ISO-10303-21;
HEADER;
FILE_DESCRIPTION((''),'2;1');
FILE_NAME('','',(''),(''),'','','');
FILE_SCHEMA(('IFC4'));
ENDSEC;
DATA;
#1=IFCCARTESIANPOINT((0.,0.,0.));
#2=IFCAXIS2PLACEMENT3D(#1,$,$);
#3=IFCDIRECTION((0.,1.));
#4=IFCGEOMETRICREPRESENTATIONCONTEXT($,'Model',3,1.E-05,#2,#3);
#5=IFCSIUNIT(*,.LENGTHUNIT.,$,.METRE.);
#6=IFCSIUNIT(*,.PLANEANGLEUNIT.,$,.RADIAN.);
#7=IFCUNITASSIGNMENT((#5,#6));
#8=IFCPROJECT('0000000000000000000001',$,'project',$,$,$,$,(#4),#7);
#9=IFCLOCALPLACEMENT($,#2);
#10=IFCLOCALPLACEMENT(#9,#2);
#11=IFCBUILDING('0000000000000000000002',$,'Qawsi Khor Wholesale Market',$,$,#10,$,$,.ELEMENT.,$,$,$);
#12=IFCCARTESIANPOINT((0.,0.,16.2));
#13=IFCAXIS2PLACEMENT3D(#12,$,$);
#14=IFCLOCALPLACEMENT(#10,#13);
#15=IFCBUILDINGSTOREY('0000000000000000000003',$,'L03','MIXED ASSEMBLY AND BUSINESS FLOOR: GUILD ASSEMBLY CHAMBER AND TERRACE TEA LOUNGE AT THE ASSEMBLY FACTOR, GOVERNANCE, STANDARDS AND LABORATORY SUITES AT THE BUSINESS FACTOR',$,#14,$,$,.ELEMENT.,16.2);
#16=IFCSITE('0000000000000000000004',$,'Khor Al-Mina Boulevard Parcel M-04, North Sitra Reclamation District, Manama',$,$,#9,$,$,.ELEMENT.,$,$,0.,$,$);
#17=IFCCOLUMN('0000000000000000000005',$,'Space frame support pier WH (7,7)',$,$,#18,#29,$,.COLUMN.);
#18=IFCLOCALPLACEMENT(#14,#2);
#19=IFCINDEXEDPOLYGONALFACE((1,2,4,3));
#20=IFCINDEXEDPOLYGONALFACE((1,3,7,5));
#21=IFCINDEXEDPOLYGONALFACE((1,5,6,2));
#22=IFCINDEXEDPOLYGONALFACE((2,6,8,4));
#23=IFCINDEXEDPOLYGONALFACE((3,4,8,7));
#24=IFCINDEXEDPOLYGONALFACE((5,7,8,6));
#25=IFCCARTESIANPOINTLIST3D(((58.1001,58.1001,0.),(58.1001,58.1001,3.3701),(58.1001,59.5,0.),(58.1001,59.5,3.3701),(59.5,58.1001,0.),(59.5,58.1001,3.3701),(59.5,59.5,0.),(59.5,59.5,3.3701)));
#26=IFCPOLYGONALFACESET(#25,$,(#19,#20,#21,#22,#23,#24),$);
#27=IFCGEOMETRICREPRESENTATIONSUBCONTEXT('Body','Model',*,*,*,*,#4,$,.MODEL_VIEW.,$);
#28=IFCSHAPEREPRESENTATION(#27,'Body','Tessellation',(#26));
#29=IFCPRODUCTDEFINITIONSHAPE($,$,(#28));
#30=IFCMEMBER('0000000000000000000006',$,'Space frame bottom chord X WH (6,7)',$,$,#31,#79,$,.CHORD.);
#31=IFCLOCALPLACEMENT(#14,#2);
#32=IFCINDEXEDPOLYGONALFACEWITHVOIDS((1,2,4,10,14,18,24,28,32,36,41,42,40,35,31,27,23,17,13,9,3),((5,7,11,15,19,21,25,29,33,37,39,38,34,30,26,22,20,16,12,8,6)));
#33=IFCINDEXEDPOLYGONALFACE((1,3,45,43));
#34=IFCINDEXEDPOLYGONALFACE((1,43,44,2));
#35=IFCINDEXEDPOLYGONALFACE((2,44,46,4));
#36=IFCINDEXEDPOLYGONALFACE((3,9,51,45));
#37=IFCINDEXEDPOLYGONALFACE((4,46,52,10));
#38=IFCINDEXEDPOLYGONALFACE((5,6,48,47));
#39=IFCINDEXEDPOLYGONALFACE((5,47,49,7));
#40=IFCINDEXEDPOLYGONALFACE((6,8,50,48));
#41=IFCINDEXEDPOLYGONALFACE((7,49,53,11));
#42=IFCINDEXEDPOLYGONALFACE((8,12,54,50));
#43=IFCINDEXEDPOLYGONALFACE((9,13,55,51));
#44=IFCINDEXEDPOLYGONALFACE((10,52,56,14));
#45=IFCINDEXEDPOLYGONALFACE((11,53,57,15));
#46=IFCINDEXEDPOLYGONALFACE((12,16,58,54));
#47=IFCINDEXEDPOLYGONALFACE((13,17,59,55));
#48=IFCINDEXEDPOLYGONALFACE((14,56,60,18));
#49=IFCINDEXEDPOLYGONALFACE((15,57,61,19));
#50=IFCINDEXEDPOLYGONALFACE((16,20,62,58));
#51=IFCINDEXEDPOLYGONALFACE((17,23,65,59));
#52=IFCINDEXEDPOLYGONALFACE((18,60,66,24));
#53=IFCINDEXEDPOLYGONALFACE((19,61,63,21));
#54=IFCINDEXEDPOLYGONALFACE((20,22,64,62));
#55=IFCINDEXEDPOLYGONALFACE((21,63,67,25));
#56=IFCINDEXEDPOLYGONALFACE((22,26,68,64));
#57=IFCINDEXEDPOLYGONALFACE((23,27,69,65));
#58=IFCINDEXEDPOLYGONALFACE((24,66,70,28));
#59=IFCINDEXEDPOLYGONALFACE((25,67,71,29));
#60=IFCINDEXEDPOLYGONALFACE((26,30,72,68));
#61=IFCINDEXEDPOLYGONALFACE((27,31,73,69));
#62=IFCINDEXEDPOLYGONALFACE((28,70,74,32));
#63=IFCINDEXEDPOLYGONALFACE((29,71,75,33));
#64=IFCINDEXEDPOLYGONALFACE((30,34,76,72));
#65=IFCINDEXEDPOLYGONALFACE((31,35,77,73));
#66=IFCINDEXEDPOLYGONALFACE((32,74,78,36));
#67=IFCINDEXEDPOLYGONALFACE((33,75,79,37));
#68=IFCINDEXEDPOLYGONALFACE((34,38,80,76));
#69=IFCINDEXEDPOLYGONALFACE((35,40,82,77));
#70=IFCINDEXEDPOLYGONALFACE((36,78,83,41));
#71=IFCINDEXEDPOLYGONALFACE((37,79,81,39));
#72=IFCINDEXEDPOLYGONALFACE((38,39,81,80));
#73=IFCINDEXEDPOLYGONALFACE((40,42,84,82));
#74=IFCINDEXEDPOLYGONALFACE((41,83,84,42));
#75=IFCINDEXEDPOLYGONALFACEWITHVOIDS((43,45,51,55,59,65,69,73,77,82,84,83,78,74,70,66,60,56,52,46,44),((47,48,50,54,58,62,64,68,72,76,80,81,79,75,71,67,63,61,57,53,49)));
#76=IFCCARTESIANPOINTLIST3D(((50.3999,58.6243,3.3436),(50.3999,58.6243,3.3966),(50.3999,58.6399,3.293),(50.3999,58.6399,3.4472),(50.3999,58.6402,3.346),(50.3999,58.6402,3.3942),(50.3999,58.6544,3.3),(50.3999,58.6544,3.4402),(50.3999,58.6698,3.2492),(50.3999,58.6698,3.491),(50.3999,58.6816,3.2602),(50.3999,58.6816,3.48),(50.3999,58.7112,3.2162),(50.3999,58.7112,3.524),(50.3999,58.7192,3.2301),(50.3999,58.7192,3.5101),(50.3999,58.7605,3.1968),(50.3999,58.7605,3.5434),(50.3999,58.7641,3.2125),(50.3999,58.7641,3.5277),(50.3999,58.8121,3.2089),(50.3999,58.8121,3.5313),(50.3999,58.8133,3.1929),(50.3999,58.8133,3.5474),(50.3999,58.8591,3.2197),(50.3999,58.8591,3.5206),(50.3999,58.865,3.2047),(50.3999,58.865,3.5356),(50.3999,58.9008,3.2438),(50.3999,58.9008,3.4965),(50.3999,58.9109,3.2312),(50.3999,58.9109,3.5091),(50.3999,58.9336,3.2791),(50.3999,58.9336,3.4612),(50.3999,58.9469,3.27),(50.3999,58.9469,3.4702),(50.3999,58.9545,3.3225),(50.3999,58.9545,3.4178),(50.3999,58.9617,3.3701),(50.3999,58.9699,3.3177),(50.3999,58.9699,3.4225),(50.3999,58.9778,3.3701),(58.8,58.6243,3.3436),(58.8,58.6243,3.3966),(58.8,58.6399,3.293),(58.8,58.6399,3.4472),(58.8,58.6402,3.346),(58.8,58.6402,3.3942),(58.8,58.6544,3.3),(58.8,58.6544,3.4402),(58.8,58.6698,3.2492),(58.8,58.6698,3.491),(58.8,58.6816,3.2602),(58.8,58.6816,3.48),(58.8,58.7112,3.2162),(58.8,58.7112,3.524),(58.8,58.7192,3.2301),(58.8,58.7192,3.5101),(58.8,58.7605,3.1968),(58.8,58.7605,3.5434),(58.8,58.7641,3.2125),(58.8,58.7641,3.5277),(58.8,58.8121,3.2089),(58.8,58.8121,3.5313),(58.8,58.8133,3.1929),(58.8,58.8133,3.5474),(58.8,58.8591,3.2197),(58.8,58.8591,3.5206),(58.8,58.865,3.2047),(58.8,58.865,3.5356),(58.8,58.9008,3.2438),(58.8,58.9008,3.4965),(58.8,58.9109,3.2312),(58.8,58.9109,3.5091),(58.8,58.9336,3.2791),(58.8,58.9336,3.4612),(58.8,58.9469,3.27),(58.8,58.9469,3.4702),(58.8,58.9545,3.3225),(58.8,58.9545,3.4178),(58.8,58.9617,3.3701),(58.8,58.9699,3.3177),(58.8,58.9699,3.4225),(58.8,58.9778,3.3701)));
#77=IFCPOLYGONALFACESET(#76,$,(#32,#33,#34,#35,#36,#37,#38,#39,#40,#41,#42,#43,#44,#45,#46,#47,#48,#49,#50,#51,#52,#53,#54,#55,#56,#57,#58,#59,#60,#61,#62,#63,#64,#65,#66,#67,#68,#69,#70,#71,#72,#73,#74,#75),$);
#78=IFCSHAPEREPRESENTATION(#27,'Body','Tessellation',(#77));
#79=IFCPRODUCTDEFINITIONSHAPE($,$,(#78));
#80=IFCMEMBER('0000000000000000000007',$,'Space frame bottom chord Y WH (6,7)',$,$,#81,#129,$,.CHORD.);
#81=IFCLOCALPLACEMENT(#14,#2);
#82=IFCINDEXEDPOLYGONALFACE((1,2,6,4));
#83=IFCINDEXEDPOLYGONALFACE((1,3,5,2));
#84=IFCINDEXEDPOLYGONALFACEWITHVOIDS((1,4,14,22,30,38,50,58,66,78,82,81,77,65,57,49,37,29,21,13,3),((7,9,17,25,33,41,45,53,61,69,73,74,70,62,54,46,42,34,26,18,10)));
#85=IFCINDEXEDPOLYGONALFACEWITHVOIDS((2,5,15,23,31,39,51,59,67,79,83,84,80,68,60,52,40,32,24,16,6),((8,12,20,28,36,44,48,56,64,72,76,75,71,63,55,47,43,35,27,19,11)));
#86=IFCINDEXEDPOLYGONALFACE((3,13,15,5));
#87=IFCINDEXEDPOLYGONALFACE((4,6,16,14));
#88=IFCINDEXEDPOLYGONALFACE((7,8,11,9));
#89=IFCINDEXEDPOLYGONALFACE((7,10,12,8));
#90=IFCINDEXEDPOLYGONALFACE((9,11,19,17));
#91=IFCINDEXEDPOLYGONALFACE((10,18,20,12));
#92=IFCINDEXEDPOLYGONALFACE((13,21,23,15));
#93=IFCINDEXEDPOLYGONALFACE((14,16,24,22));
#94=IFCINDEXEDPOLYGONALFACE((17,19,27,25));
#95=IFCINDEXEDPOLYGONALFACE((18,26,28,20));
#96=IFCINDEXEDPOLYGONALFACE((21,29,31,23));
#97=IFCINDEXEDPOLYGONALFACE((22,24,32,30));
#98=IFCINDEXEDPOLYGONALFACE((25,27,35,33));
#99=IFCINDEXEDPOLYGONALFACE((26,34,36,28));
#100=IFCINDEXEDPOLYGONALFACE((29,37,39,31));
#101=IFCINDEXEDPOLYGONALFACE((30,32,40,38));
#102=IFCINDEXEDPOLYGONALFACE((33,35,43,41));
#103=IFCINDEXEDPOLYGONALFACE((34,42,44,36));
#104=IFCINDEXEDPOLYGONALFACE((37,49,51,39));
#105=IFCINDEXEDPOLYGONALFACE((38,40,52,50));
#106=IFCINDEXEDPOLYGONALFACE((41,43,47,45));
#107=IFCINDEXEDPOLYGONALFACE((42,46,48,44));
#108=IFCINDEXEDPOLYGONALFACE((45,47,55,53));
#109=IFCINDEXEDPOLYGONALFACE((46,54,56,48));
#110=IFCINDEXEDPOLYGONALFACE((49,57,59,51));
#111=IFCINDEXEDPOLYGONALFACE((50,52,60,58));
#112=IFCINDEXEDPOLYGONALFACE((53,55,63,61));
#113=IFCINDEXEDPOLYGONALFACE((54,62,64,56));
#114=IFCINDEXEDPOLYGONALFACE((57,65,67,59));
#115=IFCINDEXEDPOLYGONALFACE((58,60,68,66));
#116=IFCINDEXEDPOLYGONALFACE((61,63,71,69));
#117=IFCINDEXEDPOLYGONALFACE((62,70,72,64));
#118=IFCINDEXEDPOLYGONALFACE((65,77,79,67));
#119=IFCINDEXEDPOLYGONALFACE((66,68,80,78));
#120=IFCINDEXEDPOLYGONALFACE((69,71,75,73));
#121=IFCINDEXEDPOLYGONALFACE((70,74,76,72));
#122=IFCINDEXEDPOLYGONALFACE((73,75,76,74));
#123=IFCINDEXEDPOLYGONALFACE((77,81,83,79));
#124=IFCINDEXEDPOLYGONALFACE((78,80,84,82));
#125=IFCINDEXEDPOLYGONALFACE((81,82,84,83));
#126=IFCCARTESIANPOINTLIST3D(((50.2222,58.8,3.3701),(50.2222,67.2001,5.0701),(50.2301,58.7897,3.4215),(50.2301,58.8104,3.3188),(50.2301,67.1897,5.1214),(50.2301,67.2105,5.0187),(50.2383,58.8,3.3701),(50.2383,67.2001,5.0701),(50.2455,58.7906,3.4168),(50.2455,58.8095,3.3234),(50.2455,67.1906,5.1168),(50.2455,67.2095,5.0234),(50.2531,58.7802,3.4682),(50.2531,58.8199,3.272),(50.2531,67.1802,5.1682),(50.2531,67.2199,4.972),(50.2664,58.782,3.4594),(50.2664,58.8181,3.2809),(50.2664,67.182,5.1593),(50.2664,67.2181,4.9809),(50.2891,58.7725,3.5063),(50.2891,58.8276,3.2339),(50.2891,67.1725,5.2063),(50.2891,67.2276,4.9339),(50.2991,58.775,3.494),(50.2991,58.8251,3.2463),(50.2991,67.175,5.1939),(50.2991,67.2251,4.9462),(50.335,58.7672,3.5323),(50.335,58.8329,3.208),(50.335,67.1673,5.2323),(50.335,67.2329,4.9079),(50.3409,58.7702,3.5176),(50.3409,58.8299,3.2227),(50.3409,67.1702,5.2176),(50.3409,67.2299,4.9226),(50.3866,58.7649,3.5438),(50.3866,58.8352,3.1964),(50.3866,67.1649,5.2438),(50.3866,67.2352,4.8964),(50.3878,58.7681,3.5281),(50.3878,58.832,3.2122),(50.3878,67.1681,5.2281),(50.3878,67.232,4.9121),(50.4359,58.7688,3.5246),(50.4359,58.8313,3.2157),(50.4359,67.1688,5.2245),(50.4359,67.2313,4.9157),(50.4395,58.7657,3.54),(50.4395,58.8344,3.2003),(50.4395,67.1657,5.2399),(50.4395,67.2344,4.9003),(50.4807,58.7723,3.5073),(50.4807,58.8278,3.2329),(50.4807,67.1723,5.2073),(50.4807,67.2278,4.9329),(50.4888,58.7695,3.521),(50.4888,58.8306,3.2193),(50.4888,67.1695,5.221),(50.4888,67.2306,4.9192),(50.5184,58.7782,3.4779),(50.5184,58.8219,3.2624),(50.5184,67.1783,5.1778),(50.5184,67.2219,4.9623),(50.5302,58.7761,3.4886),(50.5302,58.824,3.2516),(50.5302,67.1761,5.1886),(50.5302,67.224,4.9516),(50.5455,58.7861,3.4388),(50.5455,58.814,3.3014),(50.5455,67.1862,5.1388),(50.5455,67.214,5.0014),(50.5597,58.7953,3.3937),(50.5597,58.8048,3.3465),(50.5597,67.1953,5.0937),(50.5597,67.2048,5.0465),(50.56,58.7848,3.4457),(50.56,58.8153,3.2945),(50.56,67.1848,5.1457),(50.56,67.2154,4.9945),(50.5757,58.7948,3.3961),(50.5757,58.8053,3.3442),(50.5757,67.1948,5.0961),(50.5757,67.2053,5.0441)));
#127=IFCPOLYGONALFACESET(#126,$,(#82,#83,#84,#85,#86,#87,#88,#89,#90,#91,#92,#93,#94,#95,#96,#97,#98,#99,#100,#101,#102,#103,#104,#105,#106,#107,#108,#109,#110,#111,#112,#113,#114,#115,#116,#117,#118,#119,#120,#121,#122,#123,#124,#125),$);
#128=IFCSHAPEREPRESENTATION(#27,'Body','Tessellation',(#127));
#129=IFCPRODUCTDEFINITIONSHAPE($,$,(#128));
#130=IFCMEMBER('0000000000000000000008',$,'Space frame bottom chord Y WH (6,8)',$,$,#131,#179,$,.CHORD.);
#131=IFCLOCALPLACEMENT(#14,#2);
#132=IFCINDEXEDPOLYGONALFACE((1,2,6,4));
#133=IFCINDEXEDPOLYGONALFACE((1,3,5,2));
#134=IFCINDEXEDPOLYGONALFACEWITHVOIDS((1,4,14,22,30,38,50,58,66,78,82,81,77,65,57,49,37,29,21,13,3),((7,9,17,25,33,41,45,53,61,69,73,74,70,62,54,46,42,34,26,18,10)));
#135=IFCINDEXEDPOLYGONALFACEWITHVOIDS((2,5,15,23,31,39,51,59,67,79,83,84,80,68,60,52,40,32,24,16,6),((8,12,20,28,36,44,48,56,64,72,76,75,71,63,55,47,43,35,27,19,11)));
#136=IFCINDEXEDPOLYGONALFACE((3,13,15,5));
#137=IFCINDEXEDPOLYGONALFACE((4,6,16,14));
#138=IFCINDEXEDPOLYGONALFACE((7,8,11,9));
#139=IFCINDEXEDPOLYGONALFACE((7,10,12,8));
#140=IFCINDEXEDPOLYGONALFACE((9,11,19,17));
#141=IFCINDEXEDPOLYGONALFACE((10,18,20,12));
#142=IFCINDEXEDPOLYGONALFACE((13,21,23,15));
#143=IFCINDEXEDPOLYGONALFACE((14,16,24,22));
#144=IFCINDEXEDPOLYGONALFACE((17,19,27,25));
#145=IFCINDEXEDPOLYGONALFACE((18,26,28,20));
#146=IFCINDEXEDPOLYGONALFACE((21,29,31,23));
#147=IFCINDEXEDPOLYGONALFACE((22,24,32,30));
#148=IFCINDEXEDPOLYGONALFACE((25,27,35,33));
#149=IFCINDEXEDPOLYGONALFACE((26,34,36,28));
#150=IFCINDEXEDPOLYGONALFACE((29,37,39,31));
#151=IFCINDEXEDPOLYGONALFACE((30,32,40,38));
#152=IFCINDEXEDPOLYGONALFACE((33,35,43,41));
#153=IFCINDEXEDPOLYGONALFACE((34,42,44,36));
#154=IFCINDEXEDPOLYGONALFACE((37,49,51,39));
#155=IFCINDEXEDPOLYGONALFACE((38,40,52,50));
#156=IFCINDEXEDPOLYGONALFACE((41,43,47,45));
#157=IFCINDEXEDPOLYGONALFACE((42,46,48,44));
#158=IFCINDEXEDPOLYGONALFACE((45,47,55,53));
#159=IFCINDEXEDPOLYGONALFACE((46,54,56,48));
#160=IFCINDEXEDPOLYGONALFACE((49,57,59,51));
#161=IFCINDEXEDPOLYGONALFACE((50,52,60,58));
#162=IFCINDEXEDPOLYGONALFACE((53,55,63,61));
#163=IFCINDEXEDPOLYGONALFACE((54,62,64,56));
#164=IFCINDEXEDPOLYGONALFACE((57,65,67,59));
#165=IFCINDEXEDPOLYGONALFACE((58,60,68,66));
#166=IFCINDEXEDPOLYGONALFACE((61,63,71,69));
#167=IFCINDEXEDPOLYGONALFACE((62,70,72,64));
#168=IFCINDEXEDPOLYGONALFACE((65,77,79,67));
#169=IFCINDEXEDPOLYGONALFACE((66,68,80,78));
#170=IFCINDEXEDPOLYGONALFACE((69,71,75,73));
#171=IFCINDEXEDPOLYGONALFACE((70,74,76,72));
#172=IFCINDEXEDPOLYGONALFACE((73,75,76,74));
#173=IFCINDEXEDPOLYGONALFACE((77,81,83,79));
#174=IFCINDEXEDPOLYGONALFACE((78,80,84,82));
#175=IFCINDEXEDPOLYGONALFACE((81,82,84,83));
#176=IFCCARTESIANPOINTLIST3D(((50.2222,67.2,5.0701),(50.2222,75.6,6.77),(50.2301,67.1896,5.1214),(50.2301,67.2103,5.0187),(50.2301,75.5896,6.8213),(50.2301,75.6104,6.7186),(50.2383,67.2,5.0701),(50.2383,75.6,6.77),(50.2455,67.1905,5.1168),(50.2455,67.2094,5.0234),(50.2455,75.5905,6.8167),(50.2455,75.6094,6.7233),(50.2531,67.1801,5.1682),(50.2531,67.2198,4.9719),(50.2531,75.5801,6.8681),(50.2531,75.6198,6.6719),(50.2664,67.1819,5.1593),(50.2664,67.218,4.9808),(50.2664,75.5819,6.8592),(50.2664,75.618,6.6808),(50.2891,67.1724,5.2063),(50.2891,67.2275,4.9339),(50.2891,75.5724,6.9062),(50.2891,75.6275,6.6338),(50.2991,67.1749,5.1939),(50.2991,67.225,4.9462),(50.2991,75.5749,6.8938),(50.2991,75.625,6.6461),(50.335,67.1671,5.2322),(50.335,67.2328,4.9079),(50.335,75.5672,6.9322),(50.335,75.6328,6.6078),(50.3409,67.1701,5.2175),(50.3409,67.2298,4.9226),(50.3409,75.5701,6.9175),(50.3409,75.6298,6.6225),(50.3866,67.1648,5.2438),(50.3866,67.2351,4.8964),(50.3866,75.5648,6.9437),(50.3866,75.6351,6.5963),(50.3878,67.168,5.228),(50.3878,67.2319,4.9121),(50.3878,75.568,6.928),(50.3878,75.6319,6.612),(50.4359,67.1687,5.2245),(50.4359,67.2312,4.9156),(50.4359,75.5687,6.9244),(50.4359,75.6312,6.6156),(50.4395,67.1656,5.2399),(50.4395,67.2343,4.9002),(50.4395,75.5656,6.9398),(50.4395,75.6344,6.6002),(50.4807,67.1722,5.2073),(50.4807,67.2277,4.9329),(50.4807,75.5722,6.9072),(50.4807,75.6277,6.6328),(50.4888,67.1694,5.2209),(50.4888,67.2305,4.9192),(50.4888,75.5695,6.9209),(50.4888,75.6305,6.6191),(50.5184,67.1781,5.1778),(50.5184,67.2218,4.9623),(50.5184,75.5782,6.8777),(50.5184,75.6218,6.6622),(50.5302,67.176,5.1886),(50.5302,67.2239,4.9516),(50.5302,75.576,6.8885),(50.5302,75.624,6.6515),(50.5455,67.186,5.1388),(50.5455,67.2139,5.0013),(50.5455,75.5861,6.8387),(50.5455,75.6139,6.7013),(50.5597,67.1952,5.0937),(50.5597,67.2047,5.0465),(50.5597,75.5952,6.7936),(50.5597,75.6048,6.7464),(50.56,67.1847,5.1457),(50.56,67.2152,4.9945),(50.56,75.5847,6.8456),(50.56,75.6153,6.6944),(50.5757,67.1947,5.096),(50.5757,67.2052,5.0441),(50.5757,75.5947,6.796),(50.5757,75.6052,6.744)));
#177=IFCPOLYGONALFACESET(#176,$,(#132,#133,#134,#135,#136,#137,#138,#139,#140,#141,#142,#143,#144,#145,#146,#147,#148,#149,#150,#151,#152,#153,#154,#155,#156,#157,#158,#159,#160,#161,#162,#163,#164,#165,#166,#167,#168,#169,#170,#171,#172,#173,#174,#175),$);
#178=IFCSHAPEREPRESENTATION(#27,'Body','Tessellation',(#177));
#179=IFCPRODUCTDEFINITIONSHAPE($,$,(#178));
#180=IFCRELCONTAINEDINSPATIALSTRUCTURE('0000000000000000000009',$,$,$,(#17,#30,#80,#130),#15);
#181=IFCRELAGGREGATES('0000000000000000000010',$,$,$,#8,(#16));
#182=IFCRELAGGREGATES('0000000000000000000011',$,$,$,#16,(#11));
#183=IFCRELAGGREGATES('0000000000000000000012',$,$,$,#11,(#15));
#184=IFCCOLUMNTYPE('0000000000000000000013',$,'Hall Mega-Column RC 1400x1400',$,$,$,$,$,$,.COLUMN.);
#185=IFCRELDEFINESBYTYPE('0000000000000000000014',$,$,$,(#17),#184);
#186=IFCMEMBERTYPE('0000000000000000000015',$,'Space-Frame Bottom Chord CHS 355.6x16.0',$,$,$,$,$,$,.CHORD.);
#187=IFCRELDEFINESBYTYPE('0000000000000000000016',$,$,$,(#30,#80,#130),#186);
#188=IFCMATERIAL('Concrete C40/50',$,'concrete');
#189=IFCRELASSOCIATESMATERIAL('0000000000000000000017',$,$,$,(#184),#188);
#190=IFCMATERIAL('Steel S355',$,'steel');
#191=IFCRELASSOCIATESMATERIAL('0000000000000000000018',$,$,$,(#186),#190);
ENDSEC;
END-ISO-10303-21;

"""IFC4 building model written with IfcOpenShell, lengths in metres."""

from ifc_helpers import new_model, si_unit, direction, frame, origin, origin_2d, place, context, subcontext, project, spatial, rectangle, hollow_circle, extrude, material, material_profile, profile_set, type_object, element, save


model = new_model("IFC4")

# Units and contexts
model_context = context("Model", 3, precision=1e-05, world=origin(), true_north=direction((0.0, 1.0)))
body_context = subcontext(model_context, "Body", "Model", "MODEL_VIEW")
ifc_project = project(units=[si_unit("LENGTHUNIT", "METRE"), si_unit("PLANEANGLEUNIT", "RADIAN")], contexts=[model_context])

# Site, building, storey
site_placement = place(None, origin())
site = spatial("IfcSite", under=ifc_project, at=site_placement, Name="Khor Al-Mina Boulevard Parcel M-04, North Sitra Reclamation District, Manama", CompositionType="ELEMENT", RefElevation=0.0)
building_placement = place(site_placement, origin())
building = spatial("IfcBuilding", under=site, at=building_placement, Name="Qawsi Khor Wholesale Market", CompositionType="ELEMENT")
storey_placement = place(building_placement, frame((0.0, 0.0, 16.2)))
storey = spatial("IfcBuildingStorey", under=building, at=storey_placement, Name="L03", Description="MIXED ASSEMBLY AND BUSINESS FLOOR: GUILD ASSEMBLY CHAMBER AND TERRACE TEA LOUNGE AT THE ASSEMBLY FACTOR, GOVERNANCE, STANDARDS AND LABORATORY SUITES AT THE BUSINESS FACTOR", CompositionType="ELEMENT", Elevation=16.2)

# Column
ifc_material_1 = material(Name="Concrete C40/50", Category="concrete")
ifc_material_profile_1 = material_profile(ifc_material_1, rectangle(XDim=1.3999, YDim=1.3999, at=origin_2d()), Name="RC 1400x1400")
ifc_profile_set_1 = profile_set([ifc_material_profile_1], Name="Concrete C40/50")
column_type = type_object("IfcColumnType", Name="Hall Mega-Column RC 1400x1400", PredefinedType="COLUMN", material=ifc_profile_set_1)
column_placement = place(storey_placement, frame((58.8, 58.8, 0.0), z_axis=(0.0, 0.0, 1.0), x_axis=(1.0, 0.0, 0.0)))
element("IfcColumn", 1, at=column_placement, inside=storey, type_object=column_type, Name="Space frame support pier WH (7,7)", PredefinedType="COLUMN", context=body_context, shape_type="SweptSolid", body=[
    extrude(rectangle(XDim=1.3999, YDim=1.3999, at=origin_2d()), origin(), (0.0, 0.0, 1.0), 3.3701),
])

# Members
ifc_material_2 = material(Name="Steel S355", Category="steel")
ifc_material_profile_2 = material_profile(ifc_material_2, hollow_circle(Radius=0.1777, WallThickness=0.0161, at=origin_2d()), Name="CHS 355.6x16.0")
ifc_profile_set_2 = profile_set([ifc_material_profile_2], Name="Steel S355")
member_type_1 = type_object("IfcMemberType", Name="Space-Frame Bottom Chord CHS 355.6x16.0", PredefinedType="CHORD", material=ifc_profile_set_2)
member_1_placement = place(storey_placement, frame((50.3999, 58.8, 3.3701), z_axis=(1.0, 0.0, 0.0), x_axis=(0.0, 1.0, 0.0)))
element("IfcMember", 2, at=member_1_placement, inside=storey, type_object=member_type_1, Name="Space frame bottom chord X WH (6,7)", PredefinedType="CHORD", context=body_context, shape_type="SweptSolid", body=[
    extrude(hollow_circle(Radius=0.1777, WallThickness=0.0161, at=origin_2d()), origin(), (0.0, 0.0, 1.0), 8.4001),
])
for number, where, z_axis, x_axis, name in (
    (3, (50.3999, 58.8, 3.3701), (0.0, 0.98013, 0.198356), (-1.0, 0.0, 0.0), "Space frame bottom chord Y WH (6,7)"),
    (4, (50.3999, 67.2, 5.0701), (0.0, 0.980131, 0.198351), (-1.0, 0.0, 0.0), "Space frame bottom chord Y WH (6,8)"),
):
    element("IfcMember", number, at=place(storey_placement, frame(where, z_axis=z_axis, x_axis=x_axis)), inside=storey, type_object=member_type_1, Name=name, PredefinedType="CHORD", context=body_context, shape_type="SweptSolid", body=[
        extrude(hollow_circle(Radius=0.1777, WallThickness=0.0161, at=origin_2d()), origin(), (0.0, 0.0, 1.0), 8.5703),
    ])

save(model, "model.ifc")
